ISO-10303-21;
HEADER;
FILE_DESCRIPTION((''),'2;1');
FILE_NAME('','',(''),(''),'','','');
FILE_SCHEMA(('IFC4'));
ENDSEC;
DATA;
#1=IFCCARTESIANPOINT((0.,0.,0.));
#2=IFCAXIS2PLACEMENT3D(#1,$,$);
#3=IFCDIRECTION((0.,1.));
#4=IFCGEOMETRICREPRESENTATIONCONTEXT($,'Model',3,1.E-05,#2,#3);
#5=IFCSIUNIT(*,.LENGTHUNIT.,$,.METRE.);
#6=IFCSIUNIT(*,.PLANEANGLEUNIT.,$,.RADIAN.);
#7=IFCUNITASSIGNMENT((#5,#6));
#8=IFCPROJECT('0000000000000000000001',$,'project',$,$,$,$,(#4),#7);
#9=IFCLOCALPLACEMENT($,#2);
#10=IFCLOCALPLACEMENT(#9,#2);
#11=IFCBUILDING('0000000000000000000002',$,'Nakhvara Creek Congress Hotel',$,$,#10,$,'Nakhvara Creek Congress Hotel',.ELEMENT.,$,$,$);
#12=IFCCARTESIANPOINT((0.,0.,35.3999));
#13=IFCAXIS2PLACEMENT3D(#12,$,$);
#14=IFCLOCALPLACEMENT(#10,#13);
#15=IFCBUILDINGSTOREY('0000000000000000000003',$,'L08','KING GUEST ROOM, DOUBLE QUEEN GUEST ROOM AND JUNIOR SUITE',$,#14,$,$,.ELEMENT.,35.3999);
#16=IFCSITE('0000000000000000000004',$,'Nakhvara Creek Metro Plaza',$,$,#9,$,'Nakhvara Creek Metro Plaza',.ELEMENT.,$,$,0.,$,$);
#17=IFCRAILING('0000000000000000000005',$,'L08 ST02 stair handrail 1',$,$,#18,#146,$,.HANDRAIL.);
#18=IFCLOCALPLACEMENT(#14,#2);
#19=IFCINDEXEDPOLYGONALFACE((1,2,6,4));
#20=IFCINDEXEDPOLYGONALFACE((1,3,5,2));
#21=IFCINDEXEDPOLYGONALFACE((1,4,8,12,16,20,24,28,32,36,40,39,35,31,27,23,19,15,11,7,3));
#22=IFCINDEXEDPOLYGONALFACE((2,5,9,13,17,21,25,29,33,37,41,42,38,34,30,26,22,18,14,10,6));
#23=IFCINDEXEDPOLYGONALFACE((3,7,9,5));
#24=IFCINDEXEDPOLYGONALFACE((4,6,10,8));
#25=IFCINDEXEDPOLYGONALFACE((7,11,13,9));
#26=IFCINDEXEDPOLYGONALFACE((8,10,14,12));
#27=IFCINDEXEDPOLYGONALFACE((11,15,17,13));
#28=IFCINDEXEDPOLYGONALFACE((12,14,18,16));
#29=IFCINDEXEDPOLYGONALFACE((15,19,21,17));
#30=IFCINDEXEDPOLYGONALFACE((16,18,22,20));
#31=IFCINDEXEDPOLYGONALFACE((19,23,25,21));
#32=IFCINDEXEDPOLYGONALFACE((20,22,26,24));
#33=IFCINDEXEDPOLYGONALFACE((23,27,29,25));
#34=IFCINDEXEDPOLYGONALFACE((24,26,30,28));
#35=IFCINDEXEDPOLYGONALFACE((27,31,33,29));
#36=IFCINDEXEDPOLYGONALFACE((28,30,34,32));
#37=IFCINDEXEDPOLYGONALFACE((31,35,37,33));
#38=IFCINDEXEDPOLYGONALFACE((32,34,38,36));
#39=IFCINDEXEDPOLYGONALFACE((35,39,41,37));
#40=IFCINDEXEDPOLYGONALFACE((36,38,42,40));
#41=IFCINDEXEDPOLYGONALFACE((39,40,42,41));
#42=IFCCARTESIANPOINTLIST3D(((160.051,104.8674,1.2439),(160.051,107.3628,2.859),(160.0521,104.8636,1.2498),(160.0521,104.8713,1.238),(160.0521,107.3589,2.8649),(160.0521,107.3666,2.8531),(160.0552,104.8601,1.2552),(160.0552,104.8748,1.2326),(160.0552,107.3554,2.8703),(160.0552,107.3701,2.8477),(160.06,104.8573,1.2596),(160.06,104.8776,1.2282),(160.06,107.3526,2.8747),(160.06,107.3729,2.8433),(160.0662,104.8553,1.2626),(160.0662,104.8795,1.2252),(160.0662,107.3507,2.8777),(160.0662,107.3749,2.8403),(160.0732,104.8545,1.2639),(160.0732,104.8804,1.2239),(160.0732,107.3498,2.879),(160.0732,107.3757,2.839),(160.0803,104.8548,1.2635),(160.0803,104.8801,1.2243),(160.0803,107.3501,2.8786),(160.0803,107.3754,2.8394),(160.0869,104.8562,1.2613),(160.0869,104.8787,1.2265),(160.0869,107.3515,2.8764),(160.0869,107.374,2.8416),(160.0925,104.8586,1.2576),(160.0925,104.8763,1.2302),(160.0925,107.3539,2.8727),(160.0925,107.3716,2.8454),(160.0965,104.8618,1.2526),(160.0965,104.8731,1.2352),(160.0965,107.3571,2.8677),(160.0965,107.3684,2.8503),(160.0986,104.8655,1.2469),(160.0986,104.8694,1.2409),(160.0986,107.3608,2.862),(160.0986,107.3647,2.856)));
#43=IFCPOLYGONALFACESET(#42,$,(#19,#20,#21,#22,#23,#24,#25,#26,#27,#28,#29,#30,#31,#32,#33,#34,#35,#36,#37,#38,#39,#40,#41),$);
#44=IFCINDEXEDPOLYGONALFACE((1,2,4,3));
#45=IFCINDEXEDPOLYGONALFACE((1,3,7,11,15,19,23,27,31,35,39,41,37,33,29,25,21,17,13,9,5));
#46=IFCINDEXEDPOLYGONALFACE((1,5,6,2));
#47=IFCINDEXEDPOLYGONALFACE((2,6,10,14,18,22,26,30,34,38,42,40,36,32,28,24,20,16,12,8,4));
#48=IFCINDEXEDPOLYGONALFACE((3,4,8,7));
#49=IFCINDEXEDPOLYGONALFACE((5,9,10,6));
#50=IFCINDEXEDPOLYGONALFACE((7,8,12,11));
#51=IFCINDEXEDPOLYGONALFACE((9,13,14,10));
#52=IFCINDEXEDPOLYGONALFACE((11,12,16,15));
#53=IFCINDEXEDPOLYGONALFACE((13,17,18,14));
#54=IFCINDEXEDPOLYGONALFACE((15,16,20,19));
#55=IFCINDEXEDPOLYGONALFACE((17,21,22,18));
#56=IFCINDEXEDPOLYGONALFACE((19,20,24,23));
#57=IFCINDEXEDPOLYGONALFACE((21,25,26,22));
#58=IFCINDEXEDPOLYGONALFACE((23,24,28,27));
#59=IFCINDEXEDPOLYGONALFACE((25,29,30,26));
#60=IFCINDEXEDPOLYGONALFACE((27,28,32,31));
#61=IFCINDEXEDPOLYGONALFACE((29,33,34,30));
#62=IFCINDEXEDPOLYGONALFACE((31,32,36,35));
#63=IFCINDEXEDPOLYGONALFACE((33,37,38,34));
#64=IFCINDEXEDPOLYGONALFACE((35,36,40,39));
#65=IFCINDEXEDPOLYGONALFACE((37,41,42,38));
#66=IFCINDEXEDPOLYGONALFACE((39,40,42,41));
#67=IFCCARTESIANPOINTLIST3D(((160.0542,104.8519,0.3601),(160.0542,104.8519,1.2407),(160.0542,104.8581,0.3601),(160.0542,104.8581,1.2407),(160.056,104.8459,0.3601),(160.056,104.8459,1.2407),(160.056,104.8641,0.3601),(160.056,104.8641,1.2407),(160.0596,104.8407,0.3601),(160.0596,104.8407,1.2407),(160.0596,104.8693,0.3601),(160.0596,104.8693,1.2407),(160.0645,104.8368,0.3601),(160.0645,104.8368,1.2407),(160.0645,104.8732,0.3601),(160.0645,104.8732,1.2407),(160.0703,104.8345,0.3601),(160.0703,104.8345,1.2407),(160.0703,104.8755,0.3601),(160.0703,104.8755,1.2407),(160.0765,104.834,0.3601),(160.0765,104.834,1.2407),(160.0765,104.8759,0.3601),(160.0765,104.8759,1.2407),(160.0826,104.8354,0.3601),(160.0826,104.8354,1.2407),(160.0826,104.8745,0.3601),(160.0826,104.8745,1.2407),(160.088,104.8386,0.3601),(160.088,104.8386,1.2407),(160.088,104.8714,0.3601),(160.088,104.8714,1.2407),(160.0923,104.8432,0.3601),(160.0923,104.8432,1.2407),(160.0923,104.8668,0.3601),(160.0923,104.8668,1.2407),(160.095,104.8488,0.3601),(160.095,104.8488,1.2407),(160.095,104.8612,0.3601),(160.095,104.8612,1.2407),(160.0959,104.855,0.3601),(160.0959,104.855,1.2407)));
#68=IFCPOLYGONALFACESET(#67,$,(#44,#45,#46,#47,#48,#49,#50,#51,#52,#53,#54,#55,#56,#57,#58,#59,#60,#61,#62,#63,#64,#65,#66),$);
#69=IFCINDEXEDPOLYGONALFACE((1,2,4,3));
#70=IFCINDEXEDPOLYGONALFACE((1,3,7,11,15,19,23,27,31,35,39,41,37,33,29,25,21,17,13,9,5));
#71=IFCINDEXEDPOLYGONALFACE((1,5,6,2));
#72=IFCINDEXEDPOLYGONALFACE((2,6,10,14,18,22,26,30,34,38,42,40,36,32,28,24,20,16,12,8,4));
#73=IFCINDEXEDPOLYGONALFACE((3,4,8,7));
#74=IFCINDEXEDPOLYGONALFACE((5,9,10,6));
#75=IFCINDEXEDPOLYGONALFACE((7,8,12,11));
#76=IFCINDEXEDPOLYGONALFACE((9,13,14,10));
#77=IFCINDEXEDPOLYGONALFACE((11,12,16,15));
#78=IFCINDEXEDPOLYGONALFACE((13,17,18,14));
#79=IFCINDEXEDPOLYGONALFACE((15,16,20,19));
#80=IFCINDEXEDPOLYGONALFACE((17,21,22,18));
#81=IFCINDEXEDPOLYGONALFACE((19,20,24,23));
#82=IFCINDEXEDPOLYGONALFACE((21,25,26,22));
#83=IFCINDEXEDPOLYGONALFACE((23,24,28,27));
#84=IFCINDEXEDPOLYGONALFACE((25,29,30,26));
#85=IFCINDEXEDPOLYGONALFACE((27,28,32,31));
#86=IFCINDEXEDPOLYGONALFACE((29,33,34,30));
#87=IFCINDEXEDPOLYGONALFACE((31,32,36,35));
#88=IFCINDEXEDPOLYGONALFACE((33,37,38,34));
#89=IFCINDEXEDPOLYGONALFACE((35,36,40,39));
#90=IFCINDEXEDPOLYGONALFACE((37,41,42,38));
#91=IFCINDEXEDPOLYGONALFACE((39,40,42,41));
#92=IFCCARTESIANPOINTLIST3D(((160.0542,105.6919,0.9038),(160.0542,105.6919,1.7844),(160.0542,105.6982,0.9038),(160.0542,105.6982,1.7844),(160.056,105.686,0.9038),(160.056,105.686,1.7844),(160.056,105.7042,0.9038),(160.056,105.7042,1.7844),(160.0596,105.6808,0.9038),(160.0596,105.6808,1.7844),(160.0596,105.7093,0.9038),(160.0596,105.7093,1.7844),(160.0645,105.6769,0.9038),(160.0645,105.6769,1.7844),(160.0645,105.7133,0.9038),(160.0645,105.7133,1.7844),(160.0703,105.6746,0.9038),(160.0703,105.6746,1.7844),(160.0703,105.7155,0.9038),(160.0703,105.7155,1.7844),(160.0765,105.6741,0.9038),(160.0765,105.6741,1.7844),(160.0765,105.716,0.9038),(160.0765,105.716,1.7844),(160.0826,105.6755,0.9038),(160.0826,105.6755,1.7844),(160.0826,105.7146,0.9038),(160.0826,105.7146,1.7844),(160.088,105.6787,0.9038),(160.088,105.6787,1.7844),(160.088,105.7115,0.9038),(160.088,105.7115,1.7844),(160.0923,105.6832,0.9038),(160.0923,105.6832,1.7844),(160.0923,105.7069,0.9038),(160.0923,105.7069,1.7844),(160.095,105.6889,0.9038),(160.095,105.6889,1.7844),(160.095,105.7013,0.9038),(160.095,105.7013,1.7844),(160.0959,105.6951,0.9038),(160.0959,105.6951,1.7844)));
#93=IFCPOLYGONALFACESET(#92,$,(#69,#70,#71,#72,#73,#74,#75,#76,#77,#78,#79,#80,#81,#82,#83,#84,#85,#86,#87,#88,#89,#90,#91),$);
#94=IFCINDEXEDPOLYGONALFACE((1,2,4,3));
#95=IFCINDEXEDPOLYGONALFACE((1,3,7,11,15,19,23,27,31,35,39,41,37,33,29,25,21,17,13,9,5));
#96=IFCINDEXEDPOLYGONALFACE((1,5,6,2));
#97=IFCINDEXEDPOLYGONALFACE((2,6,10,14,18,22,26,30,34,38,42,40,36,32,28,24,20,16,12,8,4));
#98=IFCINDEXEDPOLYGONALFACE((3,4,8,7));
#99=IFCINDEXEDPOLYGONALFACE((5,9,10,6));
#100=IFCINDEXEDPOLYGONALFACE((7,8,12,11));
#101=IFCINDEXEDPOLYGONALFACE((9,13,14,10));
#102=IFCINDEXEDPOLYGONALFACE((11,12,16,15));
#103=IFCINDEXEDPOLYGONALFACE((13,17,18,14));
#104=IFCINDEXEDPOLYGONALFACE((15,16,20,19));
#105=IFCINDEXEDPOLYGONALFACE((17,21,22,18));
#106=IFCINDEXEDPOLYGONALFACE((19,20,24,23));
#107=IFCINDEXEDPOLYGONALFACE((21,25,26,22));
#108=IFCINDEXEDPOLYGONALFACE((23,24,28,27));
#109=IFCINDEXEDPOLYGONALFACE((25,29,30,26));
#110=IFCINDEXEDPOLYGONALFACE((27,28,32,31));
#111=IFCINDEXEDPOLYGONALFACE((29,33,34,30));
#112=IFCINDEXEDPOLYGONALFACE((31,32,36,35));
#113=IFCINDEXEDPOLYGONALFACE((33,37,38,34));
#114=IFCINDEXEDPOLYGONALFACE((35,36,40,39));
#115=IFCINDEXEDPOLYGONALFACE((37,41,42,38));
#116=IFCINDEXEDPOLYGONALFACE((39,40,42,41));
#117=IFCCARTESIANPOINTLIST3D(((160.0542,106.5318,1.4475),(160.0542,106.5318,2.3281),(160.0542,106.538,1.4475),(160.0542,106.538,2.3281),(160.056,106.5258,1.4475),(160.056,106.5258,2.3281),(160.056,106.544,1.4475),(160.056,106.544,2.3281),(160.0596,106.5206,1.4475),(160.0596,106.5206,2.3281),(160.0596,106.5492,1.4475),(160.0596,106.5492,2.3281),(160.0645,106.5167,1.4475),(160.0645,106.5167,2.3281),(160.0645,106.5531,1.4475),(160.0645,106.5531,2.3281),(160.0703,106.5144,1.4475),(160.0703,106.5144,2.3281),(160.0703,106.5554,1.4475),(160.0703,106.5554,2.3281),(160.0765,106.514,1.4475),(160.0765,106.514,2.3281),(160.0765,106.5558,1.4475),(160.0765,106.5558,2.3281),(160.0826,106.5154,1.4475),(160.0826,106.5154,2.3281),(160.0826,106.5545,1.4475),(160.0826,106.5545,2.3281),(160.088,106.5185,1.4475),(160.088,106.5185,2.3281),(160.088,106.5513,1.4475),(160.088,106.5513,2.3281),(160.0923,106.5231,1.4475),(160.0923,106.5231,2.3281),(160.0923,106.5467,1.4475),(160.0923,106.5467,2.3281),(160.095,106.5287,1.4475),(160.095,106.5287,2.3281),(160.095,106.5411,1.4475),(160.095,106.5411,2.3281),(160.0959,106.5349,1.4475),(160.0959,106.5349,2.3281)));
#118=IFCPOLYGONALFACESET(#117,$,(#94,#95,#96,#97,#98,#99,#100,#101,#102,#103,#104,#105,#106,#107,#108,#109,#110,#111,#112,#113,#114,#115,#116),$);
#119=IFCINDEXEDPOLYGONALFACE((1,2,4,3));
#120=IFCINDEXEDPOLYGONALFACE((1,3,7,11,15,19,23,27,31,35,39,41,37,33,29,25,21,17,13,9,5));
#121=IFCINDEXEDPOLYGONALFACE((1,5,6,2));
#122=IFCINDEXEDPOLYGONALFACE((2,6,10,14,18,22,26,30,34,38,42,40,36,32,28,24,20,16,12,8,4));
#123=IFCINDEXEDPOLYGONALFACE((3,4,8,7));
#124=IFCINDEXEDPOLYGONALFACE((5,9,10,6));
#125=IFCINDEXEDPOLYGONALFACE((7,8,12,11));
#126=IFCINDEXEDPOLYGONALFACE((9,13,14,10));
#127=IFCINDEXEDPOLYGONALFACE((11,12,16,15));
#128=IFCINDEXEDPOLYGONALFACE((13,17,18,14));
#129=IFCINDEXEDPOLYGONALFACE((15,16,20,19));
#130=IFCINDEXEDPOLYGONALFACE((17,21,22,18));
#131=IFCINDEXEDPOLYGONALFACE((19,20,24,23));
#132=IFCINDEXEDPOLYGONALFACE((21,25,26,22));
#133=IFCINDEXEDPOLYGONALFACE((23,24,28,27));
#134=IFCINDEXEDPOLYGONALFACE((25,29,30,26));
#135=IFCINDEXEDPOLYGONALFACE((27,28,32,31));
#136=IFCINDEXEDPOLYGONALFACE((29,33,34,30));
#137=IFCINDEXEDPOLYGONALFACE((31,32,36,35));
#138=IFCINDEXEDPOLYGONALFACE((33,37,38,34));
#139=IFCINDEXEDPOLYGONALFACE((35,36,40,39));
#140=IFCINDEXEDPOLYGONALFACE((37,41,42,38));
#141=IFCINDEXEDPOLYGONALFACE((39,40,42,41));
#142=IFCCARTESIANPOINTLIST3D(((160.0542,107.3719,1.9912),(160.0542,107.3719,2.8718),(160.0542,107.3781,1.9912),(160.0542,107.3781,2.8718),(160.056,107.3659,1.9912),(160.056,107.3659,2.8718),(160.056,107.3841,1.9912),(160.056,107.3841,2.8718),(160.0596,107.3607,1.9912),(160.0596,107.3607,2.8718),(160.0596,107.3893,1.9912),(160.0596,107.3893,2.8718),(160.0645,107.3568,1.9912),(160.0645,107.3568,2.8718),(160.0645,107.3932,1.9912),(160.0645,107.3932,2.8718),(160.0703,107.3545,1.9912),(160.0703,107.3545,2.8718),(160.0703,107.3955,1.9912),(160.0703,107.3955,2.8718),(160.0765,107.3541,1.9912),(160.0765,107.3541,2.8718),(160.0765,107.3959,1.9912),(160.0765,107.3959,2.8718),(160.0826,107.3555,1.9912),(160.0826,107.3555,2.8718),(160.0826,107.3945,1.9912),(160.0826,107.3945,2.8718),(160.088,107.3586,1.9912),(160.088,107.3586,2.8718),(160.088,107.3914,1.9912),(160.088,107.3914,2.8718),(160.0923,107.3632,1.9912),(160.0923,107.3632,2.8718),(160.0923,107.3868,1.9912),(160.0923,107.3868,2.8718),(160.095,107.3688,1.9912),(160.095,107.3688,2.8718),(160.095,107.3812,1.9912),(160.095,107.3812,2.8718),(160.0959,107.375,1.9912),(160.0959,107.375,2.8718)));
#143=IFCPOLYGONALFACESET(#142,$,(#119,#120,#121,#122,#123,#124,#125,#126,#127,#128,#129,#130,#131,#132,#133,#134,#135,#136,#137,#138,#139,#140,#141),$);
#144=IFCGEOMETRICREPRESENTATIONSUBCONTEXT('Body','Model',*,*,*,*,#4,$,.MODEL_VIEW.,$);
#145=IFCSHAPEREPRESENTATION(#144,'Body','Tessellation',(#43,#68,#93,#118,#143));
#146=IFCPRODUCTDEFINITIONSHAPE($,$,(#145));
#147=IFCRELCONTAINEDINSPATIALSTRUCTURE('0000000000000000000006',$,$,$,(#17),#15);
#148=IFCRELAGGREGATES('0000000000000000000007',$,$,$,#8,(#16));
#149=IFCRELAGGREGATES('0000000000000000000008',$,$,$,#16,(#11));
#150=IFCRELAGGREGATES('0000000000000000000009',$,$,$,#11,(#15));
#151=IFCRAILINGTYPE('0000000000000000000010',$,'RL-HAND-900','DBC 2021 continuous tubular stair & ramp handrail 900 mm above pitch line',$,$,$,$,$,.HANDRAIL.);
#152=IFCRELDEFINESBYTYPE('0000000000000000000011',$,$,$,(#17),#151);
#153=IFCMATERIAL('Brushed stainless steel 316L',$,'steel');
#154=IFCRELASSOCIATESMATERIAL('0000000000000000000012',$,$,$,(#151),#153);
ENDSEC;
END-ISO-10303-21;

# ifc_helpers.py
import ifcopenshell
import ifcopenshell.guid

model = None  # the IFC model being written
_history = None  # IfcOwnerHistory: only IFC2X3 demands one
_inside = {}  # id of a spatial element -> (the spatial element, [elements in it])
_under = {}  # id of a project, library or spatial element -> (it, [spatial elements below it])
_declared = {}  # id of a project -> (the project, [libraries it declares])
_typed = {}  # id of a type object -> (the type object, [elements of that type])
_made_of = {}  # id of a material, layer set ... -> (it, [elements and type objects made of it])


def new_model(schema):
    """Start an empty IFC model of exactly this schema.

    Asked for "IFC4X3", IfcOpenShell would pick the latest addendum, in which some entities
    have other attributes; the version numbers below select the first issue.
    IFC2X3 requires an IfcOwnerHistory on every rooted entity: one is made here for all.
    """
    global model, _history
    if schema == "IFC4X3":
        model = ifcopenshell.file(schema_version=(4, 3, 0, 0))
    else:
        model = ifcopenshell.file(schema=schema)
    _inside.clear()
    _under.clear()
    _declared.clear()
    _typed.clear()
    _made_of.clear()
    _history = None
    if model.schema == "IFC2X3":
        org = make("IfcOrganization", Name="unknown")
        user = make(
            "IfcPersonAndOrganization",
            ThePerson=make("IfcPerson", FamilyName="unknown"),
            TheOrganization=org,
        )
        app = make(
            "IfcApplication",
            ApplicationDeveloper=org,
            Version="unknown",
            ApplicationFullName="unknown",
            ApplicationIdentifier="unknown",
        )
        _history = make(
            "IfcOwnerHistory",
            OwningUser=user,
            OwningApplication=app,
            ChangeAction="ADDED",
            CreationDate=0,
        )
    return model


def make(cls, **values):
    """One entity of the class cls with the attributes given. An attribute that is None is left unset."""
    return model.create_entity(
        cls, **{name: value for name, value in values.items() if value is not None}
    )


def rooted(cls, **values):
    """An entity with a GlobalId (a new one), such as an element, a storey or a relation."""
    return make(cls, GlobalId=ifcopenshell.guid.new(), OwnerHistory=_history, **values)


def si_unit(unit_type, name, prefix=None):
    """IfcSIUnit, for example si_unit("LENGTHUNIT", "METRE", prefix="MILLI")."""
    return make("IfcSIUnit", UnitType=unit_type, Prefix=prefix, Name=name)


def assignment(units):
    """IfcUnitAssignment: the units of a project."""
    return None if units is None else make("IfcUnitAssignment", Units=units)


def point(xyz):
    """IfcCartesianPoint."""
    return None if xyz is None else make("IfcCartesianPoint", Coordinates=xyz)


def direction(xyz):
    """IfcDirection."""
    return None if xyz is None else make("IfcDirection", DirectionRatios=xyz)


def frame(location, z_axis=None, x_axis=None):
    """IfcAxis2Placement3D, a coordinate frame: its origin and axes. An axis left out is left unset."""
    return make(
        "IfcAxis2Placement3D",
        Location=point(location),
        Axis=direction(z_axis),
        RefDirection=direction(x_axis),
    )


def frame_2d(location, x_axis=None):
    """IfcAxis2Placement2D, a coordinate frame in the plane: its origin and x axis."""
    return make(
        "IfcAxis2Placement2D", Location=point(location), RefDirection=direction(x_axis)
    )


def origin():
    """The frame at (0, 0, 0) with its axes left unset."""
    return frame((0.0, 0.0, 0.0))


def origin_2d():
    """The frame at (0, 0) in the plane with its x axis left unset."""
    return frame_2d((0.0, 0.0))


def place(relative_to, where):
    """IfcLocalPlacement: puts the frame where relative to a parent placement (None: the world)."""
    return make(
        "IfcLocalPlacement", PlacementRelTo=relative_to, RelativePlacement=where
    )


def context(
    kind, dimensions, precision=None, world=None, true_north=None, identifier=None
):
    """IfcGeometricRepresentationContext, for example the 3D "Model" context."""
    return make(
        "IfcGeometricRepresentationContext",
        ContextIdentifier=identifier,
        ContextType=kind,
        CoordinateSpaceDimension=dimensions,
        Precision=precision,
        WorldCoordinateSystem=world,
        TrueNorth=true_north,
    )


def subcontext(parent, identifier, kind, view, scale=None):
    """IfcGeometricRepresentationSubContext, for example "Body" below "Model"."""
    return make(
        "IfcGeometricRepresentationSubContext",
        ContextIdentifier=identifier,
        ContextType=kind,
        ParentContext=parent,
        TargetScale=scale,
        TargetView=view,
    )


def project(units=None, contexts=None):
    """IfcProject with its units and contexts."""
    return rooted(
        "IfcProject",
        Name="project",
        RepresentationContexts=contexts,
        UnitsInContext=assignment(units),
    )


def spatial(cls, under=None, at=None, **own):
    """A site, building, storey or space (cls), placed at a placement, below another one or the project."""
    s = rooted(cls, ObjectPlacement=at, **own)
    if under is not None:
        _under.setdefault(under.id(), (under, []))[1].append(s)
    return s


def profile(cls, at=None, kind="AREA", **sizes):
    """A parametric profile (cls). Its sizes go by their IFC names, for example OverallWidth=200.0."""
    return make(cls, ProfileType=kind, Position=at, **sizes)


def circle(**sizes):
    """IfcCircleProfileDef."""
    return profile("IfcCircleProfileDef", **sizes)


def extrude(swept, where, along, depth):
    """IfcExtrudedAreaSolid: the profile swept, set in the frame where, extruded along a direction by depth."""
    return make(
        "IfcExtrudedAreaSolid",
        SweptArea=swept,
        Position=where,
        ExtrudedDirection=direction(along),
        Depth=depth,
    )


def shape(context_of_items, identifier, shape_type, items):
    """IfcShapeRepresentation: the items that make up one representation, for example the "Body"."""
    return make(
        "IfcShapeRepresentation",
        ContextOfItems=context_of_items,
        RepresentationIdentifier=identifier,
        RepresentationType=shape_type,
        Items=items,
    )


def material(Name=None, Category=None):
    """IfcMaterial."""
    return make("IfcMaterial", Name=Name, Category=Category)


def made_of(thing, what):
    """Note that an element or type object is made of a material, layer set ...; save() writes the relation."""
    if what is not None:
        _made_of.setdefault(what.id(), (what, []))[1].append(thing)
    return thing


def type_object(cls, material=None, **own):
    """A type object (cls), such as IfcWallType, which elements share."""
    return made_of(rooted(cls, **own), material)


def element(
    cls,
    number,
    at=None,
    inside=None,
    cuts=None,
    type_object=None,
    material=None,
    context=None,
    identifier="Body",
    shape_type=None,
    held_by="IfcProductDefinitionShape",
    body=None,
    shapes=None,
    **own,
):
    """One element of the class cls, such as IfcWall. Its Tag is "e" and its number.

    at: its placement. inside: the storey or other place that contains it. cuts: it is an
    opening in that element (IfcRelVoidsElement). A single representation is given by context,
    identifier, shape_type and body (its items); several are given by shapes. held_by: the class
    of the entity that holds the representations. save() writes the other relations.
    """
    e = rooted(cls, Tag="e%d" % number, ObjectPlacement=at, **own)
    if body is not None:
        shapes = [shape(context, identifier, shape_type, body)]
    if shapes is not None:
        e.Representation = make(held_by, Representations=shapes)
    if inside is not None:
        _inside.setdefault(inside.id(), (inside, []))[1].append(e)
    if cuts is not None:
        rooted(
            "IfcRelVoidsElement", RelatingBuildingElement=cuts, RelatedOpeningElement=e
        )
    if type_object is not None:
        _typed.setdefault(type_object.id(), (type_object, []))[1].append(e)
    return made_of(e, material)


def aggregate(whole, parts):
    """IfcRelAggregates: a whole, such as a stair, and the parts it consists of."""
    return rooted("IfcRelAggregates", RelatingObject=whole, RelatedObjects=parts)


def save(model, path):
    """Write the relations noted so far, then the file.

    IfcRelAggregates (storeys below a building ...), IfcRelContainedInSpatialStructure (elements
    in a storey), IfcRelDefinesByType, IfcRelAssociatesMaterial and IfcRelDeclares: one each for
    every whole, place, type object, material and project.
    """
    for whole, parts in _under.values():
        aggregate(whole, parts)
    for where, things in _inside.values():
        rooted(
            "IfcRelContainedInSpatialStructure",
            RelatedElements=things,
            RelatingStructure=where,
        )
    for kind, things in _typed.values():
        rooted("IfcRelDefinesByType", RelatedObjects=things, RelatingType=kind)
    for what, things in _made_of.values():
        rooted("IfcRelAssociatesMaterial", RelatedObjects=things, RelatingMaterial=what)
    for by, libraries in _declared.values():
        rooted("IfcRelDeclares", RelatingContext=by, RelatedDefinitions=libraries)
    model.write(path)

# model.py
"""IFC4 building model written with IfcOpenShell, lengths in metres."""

from ifc_helpers import new_model, si_unit, direction, frame, origin, origin_2d, place, context, subcontext, project, spatial, circle, extrude, material, type_object, element, save


model = new_model("IFC4")

# Units and contexts
model_context = context("Model", 3, precision=1e-05, world=origin(), true_north=direction((0.0, 1.0)))
body_context = subcontext(model_context, "Body", "Model", "MODEL_VIEW")
ifc_project = project(units=[si_unit("LENGTHUNIT", "METRE"), si_unit("PLANEANGLEUNIT", "RADIAN")], contexts=[model_context])

# Site, building, storey
site_placement = place(None, origin())
site = spatial("IfcSite", under=ifc_project, at=site_placement, Name="Nakhvara Creek Metro Plaza", LongName="Nakhvara Creek Metro Plaza", CompositionType="ELEMENT", RefElevation=0.0)
building_placement = place(site_placement, origin())
building = spatial("IfcBuilding", under=site, at=building_placement, Name="Nakhvara Creek Congress Hotel", LongName="Nakhvara Creek Congress Hotel", CompositionType="ELEMENT")
storey_placement = place(building_placement, frame((0.0, 0.0, 35.3999)))
storey = spatial("IfcBuildingStorey", under=building, at=storey_placement, Name="L08", Description="KING GUEST ROOM, DOUBLE QUEEN GUEST ROOM AND JUNIOR SUITE", CompositionType="ELEMENT", Elevation=35.3999)

# Railing
ifc_material_1 = material(Name="Brushed stainless steel 316L", Category="steel")
railing_type_1 = type_object("IfcRailingType", Name="RL-HAND-900", Description="DBC 2021 continuous tubular stair & ramp handrail 900 mm above pitch line", PredefinedType="HANDRAIL", material=ifc_material_1)
railing_1_placement = place(storey_placement, frame((160.075, 104.855, 0.3601)))
element("IfcRailing", 1, at=railing_1_placement, inside=storey, type_object=railing_type_1, Name="L08 ST02 stair handrail 1", PredefinedType="HANDRAIL", context=body_context, shape_type="SweptSolid", body=[
    extrude(circle(Radius=0.0239, at=origin_2d()), frame((0.0, 0.0125, 0.8838), z_axis=(0.0, 0.839494, 0.543369), x_axis=(-1.0, 0.0, 0.0)), (0.0, 0.0, 1.0), 2.9724),
    extrude(circle(Radius=0.021, at=origin_2d()), origin(), (0.0, 0.0, 1.0), 0.8806),
    extrude(circle(Radius=0.021, at=origin_2d()), frame((0.0, 0.8401, 0.5437)), (0.0, 0.0, 1.0), 0.8806),
    extrude(circle(Radius=0.021, at=origin_2d()), frame((0.0, 1.6799, 1.0874)), (0.0, 0.0, 1.0), 0.8806),
    extrude(circle(Radius=0.021, at=origin_2d()), frame((0.0, 2.52, 1.6311)), (0.0, 0.0, 1.0), 0.8806),
])

save(model, "model.ifc")
